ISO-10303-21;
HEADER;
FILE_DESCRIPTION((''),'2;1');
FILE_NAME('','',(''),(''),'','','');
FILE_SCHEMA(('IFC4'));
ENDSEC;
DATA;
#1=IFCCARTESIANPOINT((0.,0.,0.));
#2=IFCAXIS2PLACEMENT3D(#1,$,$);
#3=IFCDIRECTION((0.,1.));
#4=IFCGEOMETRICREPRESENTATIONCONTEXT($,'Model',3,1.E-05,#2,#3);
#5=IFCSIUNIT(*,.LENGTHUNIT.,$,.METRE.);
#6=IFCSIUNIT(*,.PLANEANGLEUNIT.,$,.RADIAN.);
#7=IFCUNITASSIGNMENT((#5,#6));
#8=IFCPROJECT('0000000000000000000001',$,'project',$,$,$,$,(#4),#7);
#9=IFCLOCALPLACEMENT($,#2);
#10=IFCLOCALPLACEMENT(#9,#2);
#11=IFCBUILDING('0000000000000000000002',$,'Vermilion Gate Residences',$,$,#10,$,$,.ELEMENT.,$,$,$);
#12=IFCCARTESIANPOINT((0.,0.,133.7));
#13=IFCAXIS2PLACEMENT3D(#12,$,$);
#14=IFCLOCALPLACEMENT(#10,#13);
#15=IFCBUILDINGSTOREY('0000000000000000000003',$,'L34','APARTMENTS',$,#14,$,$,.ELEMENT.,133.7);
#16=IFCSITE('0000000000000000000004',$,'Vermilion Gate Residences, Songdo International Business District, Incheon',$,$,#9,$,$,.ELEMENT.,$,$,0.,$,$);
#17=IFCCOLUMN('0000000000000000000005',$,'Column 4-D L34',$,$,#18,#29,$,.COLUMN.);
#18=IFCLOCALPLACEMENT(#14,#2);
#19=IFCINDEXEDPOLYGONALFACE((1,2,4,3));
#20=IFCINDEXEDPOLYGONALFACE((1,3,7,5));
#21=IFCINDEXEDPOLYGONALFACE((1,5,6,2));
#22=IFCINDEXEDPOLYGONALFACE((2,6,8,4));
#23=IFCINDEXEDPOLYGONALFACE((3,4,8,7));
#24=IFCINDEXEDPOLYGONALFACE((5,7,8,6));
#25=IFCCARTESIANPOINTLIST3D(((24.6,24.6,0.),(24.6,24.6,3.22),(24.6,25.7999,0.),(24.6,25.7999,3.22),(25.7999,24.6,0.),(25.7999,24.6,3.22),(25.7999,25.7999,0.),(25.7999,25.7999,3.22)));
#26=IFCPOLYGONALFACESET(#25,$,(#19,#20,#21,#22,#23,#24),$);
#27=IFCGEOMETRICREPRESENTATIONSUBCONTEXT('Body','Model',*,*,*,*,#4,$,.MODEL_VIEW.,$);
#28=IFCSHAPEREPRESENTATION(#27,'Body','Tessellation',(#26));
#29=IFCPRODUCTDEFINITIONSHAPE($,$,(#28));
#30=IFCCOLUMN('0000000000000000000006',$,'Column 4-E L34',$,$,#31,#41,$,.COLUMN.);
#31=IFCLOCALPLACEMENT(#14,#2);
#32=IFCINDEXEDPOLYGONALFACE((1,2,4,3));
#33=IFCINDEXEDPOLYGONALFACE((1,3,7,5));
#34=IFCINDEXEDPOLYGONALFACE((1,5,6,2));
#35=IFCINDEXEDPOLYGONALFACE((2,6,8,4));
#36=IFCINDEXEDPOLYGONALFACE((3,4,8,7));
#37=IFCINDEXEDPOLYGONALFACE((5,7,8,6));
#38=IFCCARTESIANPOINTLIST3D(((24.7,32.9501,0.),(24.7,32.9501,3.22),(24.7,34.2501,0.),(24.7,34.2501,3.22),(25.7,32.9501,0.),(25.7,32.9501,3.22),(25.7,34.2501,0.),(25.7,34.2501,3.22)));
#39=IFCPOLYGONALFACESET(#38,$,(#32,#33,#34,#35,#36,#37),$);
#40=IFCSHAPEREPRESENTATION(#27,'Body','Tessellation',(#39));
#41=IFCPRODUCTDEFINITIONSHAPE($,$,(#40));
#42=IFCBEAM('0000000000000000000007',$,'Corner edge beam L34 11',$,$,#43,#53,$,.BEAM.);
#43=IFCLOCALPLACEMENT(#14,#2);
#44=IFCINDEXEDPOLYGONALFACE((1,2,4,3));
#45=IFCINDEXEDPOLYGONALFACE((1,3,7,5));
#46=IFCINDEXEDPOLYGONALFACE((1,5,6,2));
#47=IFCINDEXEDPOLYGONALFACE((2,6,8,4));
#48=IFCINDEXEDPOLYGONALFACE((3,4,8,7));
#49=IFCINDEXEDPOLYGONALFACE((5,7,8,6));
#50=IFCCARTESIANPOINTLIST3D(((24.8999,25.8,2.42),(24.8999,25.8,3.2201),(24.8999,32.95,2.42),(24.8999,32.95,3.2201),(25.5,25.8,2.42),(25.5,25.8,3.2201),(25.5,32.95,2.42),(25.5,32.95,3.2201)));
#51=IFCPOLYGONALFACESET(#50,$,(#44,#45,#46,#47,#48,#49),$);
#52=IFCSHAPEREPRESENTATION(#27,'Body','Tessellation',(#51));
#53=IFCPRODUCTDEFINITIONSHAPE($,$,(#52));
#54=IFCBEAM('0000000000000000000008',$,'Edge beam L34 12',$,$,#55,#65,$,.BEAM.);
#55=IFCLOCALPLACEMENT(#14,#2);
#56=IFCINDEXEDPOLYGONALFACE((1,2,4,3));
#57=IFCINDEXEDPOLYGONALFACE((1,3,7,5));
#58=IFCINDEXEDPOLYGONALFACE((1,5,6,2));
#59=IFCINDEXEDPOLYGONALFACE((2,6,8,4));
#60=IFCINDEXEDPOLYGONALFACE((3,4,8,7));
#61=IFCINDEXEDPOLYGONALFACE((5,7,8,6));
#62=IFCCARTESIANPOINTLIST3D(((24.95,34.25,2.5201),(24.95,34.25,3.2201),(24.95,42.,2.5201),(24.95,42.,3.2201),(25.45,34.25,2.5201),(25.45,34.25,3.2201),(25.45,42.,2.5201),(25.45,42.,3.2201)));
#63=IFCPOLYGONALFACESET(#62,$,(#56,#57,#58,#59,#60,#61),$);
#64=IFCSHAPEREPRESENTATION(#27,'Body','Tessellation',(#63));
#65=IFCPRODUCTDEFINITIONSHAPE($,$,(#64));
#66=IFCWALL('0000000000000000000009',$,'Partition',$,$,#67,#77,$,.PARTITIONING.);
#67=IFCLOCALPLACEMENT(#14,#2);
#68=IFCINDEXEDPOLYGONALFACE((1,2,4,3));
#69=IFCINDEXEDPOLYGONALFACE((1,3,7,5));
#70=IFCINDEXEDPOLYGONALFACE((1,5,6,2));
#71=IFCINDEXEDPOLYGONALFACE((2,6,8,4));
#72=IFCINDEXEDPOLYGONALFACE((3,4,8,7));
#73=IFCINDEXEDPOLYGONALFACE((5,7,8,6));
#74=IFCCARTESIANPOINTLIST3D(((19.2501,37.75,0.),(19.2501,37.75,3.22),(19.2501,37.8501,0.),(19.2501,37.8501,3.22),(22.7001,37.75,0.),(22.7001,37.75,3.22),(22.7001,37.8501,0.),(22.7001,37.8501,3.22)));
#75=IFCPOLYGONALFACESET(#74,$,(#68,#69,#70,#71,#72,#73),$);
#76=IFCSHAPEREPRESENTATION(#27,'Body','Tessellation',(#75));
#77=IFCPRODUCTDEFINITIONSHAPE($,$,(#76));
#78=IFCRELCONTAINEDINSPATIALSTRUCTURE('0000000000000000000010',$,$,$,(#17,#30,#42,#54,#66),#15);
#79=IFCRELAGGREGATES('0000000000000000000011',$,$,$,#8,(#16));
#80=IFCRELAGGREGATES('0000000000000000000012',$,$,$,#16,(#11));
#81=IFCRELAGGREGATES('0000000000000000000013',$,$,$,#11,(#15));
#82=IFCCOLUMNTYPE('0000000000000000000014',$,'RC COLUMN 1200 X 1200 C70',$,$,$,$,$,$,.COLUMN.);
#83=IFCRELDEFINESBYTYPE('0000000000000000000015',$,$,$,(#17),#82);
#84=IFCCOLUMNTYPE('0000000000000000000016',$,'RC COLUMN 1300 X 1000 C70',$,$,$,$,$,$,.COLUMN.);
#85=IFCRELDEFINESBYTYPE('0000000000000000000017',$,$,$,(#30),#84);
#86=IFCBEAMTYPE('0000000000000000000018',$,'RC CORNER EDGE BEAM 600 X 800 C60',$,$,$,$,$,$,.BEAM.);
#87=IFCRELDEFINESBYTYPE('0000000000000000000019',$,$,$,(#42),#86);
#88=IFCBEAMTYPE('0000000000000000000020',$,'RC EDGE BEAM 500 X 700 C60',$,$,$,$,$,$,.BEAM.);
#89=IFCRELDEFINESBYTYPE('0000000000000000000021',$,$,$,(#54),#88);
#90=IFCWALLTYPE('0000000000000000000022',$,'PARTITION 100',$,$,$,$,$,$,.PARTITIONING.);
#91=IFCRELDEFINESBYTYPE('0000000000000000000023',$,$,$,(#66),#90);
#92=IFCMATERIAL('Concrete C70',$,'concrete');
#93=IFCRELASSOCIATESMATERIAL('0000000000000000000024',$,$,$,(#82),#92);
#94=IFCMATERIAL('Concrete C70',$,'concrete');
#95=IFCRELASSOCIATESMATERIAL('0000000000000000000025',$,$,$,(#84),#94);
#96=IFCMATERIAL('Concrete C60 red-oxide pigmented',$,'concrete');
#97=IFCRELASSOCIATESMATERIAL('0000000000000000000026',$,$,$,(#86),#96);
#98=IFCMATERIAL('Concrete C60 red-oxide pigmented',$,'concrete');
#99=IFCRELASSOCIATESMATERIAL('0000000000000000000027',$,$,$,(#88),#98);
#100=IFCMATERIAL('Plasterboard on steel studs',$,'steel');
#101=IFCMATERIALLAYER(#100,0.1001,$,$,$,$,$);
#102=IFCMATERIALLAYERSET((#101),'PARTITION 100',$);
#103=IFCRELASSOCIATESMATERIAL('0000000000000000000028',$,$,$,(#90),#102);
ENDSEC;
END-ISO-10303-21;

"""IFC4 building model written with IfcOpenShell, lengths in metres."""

from ifc_helpers import new_model, si_unit, direction, frame, frame_2d, origin, origin_2d, place, context, subcontext, project, spatial, rectangle, extrude, material, layer, layer_set, material_profile, profile_set, type_object, element, save


model = new_model("IFC4")

# Units and contexts
model_context = context("Model", 3, precision=1e-05, world=origin(), true_north=direction((0.0, 1.0)))
body_context = subcontext(model_context, "Body", "Model", "MODEL_VIEW")
ifc_project = project(units=[si_unit("LENGTHUNIT", "METRE"), si_unit("PLANEANGLEUNIT", "RADIAN")], contexts=[model_context])

# Site, building, storey
site_placement = place(None, origin())
site = spatial("IfcSite", under=ifc_project, at=site_placement, Name="Vermilion Gate Residences, Songdo International Business District, Incheon", CompositionType="ELEMENT", RefElevation=0.0)
building_placement = place(site_placement, origin())
building = spatial("IfcBuilding", under=site, at=building_placement, Name="Vermilion Gate Residences", CompositionType="ELEMENT")
storey_placement = place(building_placement, frame((0.0, 0.0, 133.7)))
storey = spatial("IfcBuildingStorey", under=building, at=storey_placement, Name="L34", Description="APARTMENTS", CompositionType="ELEMENT", Elevation=133.7)

# Columns
ifc_material_1 = material(Name="Concrete C70", Category="concrete")
ifc_material_profile_1 = material_profile(ifc_material_1, rectangle(XDim=1.2, YDim=1.2, at=origin_2d()), Name="RC-1200x1200")
ifc_profile_set_1 = profile_set([ifc_material_profile_1], Name="Concrete C70")
column_type_1 = type_object("IfcColumnType", Name="RC COLUMN 1200 X 1200 C70", PredefinedType="COLUMN", material=ifc_profile_set_1)
column_1_placement = place(storey_placement, frame((25.2, 25.2, 0.0), z_axis=(0.0, 0.0, 1.0), x_axis=(1.0, 0.0, 0.0)))
element("IfcColumn", 1, at=column_1_placement, inside=storey, type_object=column_type_1, Name="Column 4-D L34", PredefinedType="COLUMN", context=body_context, shape_type="SweptSolid", body=[
    extrude(rectangle(XDim=1.2, YDim=1.2, at=origin_2d()), origin(), (0.0, 0.0, 1.0), 3.22),
])
ifc_material_2 = material(Name="Concrete C70", Category="concrete")
ifc_material_profile_2 = material_profile(ifc_material_2, rectangle(XDim=1.3, YDim=1.0, at=origin_2d()), Name="RC-1300x1000")
ifc_profile_set_2 = profile_set([ifc_material_profile_2], Name="Concrete C70")
column_type_2 = type_object("IfcColumnType", Name="RC COLUMN 1300 X 1000 C70", PredefinedType="COLUMN", material=ifc_profile_set_2)
column_2_placement = place(storey_placement, frame((25.2, 33.6001, 0.0), z_axis=(0.0, 0.0, 1.0), x_axis=(0.0, 1.0, 0.0)))
element("IfcColumn", 2, at=column_2_placement, inside=storey, type_object=column_type_2, Name="Column 4-E L34", PredefinedType="COLUMN", context=body_context, shape_type="SweptSolid", body=[
    extrude(rectangle(XDim=1.3, YDim=1.0, at=origin_2d()), origin(), (0.0, 0.0, 1.0), 3.22),
])

# Beams
ifc_material_3 = material(Name="Concrete C60 red-oxide pigmented", Category="concrete")
ifc_material_profile_3 = material_profile(ifc_material_3, rectangle(XDim=0.6001, YDim=0.8, at=origin_2d()), Name="RC-600x800")
ifc_profile_set_3 = profile_set([ifc_material_profile_3], Name="Concrete C60 red-oxide pigmented")
beam_type_1 = type_object("IfcBeamType", Name="RC CORNER EDGE BEAM 600 X 800 C60", PredefinedType="BEAM", material=ifc_profile_set_3)
beam_1_placement = place(storey_placement, frame((25.2, 25.8, 2.8201), z_axis=(0.0, 1.0, 0.0), x_axis=(-1.0, 0.0, 0.0)))
element("IfcBeam", 3, at=beam_1_placement, inside=storey, type_object=beam_type_1, Name="Corner edge beam L34 11", PredefinedType="BEAM", context=body_context, shape_type="SweptSolid", body=[
    extrude(rectangle(XDim=0.6001, YDim=0.8, at=origin_2d()), origin(), (0.0, 0.0, 1.0), 7.1499),
])
ifc_material_4 = material(Name="Concrete C60 red-oxide pigmented", Category="concrete")
ifc_material_profile_4 = material_profile(ifc_material_4, rectangle(XDim=0.5, YDim=0.7, at=origin_2d()), Name="RC-500x700")
ifc_profile_set_4 = profile_set([ifc_material_profile_4], Name="Concrete C60 red-oxide pigmented")
beam_type_2 = type_object("IfcBeamType", Name="RC EDGE BEAM 500 X 700 C60", PredefinedType="BEAM", material=ifc_profile_set_4)
beam_2_placement = place(storey_placement, frame((25.2, 34.25, 2.8701), z_axis=(0.0, 1.0, 0.0), x_axis=(-1.0, 0.0, 0.0)))
element("IfcBeam", 4, at=beam_2_placement, inside=storey, type_object=beam_type_2, Name="Edge beam L34 12", PredefinedType="BEAM", context=body_context, shape_type="SweptSolid", body=[
    extrude(rectangle(XDim=0.5, YDim=0.7, at=origin_2d()), origin(), (0.0, 0.0, 1.0), 7.75),
])

# Wall
ifc_material_5 = material(Name="Plasterboard on steel studs", Category="steel")
ifc_layer_1 = layer(ifc_material_5, 0.1001)
ifc_layer_set_1 = layer_set([ifc_layer_1], Name="PARTITION 100")
wall_type = type_object("IfcWallType", Name="PARTITION 100", PredefinedType="PARTITIONING", material=ifc_layer_set_1)
wall_1_placement = place(storey_placement, frame((19.25, 37.8, 0.0), z_axis=(0.0, 0.0, 1.0), x_axis=(1.0, 0.0, 0.0)))
element("IfcWall", 5, at=wall_1_placement, inside=storey, type_object=wall_type, Name="Partition", PredefinedType="PARTITIONING", context=body_context, shape_type="SweptSolid", body=[
    extrude(rectangle(XDim=3.45, YDim=0.1001, at=frame_2d((1.7251, 0.0))), origin(), (0.0, 0.0, 1.0), 3.22),
])

save(model, "model.ifc")
